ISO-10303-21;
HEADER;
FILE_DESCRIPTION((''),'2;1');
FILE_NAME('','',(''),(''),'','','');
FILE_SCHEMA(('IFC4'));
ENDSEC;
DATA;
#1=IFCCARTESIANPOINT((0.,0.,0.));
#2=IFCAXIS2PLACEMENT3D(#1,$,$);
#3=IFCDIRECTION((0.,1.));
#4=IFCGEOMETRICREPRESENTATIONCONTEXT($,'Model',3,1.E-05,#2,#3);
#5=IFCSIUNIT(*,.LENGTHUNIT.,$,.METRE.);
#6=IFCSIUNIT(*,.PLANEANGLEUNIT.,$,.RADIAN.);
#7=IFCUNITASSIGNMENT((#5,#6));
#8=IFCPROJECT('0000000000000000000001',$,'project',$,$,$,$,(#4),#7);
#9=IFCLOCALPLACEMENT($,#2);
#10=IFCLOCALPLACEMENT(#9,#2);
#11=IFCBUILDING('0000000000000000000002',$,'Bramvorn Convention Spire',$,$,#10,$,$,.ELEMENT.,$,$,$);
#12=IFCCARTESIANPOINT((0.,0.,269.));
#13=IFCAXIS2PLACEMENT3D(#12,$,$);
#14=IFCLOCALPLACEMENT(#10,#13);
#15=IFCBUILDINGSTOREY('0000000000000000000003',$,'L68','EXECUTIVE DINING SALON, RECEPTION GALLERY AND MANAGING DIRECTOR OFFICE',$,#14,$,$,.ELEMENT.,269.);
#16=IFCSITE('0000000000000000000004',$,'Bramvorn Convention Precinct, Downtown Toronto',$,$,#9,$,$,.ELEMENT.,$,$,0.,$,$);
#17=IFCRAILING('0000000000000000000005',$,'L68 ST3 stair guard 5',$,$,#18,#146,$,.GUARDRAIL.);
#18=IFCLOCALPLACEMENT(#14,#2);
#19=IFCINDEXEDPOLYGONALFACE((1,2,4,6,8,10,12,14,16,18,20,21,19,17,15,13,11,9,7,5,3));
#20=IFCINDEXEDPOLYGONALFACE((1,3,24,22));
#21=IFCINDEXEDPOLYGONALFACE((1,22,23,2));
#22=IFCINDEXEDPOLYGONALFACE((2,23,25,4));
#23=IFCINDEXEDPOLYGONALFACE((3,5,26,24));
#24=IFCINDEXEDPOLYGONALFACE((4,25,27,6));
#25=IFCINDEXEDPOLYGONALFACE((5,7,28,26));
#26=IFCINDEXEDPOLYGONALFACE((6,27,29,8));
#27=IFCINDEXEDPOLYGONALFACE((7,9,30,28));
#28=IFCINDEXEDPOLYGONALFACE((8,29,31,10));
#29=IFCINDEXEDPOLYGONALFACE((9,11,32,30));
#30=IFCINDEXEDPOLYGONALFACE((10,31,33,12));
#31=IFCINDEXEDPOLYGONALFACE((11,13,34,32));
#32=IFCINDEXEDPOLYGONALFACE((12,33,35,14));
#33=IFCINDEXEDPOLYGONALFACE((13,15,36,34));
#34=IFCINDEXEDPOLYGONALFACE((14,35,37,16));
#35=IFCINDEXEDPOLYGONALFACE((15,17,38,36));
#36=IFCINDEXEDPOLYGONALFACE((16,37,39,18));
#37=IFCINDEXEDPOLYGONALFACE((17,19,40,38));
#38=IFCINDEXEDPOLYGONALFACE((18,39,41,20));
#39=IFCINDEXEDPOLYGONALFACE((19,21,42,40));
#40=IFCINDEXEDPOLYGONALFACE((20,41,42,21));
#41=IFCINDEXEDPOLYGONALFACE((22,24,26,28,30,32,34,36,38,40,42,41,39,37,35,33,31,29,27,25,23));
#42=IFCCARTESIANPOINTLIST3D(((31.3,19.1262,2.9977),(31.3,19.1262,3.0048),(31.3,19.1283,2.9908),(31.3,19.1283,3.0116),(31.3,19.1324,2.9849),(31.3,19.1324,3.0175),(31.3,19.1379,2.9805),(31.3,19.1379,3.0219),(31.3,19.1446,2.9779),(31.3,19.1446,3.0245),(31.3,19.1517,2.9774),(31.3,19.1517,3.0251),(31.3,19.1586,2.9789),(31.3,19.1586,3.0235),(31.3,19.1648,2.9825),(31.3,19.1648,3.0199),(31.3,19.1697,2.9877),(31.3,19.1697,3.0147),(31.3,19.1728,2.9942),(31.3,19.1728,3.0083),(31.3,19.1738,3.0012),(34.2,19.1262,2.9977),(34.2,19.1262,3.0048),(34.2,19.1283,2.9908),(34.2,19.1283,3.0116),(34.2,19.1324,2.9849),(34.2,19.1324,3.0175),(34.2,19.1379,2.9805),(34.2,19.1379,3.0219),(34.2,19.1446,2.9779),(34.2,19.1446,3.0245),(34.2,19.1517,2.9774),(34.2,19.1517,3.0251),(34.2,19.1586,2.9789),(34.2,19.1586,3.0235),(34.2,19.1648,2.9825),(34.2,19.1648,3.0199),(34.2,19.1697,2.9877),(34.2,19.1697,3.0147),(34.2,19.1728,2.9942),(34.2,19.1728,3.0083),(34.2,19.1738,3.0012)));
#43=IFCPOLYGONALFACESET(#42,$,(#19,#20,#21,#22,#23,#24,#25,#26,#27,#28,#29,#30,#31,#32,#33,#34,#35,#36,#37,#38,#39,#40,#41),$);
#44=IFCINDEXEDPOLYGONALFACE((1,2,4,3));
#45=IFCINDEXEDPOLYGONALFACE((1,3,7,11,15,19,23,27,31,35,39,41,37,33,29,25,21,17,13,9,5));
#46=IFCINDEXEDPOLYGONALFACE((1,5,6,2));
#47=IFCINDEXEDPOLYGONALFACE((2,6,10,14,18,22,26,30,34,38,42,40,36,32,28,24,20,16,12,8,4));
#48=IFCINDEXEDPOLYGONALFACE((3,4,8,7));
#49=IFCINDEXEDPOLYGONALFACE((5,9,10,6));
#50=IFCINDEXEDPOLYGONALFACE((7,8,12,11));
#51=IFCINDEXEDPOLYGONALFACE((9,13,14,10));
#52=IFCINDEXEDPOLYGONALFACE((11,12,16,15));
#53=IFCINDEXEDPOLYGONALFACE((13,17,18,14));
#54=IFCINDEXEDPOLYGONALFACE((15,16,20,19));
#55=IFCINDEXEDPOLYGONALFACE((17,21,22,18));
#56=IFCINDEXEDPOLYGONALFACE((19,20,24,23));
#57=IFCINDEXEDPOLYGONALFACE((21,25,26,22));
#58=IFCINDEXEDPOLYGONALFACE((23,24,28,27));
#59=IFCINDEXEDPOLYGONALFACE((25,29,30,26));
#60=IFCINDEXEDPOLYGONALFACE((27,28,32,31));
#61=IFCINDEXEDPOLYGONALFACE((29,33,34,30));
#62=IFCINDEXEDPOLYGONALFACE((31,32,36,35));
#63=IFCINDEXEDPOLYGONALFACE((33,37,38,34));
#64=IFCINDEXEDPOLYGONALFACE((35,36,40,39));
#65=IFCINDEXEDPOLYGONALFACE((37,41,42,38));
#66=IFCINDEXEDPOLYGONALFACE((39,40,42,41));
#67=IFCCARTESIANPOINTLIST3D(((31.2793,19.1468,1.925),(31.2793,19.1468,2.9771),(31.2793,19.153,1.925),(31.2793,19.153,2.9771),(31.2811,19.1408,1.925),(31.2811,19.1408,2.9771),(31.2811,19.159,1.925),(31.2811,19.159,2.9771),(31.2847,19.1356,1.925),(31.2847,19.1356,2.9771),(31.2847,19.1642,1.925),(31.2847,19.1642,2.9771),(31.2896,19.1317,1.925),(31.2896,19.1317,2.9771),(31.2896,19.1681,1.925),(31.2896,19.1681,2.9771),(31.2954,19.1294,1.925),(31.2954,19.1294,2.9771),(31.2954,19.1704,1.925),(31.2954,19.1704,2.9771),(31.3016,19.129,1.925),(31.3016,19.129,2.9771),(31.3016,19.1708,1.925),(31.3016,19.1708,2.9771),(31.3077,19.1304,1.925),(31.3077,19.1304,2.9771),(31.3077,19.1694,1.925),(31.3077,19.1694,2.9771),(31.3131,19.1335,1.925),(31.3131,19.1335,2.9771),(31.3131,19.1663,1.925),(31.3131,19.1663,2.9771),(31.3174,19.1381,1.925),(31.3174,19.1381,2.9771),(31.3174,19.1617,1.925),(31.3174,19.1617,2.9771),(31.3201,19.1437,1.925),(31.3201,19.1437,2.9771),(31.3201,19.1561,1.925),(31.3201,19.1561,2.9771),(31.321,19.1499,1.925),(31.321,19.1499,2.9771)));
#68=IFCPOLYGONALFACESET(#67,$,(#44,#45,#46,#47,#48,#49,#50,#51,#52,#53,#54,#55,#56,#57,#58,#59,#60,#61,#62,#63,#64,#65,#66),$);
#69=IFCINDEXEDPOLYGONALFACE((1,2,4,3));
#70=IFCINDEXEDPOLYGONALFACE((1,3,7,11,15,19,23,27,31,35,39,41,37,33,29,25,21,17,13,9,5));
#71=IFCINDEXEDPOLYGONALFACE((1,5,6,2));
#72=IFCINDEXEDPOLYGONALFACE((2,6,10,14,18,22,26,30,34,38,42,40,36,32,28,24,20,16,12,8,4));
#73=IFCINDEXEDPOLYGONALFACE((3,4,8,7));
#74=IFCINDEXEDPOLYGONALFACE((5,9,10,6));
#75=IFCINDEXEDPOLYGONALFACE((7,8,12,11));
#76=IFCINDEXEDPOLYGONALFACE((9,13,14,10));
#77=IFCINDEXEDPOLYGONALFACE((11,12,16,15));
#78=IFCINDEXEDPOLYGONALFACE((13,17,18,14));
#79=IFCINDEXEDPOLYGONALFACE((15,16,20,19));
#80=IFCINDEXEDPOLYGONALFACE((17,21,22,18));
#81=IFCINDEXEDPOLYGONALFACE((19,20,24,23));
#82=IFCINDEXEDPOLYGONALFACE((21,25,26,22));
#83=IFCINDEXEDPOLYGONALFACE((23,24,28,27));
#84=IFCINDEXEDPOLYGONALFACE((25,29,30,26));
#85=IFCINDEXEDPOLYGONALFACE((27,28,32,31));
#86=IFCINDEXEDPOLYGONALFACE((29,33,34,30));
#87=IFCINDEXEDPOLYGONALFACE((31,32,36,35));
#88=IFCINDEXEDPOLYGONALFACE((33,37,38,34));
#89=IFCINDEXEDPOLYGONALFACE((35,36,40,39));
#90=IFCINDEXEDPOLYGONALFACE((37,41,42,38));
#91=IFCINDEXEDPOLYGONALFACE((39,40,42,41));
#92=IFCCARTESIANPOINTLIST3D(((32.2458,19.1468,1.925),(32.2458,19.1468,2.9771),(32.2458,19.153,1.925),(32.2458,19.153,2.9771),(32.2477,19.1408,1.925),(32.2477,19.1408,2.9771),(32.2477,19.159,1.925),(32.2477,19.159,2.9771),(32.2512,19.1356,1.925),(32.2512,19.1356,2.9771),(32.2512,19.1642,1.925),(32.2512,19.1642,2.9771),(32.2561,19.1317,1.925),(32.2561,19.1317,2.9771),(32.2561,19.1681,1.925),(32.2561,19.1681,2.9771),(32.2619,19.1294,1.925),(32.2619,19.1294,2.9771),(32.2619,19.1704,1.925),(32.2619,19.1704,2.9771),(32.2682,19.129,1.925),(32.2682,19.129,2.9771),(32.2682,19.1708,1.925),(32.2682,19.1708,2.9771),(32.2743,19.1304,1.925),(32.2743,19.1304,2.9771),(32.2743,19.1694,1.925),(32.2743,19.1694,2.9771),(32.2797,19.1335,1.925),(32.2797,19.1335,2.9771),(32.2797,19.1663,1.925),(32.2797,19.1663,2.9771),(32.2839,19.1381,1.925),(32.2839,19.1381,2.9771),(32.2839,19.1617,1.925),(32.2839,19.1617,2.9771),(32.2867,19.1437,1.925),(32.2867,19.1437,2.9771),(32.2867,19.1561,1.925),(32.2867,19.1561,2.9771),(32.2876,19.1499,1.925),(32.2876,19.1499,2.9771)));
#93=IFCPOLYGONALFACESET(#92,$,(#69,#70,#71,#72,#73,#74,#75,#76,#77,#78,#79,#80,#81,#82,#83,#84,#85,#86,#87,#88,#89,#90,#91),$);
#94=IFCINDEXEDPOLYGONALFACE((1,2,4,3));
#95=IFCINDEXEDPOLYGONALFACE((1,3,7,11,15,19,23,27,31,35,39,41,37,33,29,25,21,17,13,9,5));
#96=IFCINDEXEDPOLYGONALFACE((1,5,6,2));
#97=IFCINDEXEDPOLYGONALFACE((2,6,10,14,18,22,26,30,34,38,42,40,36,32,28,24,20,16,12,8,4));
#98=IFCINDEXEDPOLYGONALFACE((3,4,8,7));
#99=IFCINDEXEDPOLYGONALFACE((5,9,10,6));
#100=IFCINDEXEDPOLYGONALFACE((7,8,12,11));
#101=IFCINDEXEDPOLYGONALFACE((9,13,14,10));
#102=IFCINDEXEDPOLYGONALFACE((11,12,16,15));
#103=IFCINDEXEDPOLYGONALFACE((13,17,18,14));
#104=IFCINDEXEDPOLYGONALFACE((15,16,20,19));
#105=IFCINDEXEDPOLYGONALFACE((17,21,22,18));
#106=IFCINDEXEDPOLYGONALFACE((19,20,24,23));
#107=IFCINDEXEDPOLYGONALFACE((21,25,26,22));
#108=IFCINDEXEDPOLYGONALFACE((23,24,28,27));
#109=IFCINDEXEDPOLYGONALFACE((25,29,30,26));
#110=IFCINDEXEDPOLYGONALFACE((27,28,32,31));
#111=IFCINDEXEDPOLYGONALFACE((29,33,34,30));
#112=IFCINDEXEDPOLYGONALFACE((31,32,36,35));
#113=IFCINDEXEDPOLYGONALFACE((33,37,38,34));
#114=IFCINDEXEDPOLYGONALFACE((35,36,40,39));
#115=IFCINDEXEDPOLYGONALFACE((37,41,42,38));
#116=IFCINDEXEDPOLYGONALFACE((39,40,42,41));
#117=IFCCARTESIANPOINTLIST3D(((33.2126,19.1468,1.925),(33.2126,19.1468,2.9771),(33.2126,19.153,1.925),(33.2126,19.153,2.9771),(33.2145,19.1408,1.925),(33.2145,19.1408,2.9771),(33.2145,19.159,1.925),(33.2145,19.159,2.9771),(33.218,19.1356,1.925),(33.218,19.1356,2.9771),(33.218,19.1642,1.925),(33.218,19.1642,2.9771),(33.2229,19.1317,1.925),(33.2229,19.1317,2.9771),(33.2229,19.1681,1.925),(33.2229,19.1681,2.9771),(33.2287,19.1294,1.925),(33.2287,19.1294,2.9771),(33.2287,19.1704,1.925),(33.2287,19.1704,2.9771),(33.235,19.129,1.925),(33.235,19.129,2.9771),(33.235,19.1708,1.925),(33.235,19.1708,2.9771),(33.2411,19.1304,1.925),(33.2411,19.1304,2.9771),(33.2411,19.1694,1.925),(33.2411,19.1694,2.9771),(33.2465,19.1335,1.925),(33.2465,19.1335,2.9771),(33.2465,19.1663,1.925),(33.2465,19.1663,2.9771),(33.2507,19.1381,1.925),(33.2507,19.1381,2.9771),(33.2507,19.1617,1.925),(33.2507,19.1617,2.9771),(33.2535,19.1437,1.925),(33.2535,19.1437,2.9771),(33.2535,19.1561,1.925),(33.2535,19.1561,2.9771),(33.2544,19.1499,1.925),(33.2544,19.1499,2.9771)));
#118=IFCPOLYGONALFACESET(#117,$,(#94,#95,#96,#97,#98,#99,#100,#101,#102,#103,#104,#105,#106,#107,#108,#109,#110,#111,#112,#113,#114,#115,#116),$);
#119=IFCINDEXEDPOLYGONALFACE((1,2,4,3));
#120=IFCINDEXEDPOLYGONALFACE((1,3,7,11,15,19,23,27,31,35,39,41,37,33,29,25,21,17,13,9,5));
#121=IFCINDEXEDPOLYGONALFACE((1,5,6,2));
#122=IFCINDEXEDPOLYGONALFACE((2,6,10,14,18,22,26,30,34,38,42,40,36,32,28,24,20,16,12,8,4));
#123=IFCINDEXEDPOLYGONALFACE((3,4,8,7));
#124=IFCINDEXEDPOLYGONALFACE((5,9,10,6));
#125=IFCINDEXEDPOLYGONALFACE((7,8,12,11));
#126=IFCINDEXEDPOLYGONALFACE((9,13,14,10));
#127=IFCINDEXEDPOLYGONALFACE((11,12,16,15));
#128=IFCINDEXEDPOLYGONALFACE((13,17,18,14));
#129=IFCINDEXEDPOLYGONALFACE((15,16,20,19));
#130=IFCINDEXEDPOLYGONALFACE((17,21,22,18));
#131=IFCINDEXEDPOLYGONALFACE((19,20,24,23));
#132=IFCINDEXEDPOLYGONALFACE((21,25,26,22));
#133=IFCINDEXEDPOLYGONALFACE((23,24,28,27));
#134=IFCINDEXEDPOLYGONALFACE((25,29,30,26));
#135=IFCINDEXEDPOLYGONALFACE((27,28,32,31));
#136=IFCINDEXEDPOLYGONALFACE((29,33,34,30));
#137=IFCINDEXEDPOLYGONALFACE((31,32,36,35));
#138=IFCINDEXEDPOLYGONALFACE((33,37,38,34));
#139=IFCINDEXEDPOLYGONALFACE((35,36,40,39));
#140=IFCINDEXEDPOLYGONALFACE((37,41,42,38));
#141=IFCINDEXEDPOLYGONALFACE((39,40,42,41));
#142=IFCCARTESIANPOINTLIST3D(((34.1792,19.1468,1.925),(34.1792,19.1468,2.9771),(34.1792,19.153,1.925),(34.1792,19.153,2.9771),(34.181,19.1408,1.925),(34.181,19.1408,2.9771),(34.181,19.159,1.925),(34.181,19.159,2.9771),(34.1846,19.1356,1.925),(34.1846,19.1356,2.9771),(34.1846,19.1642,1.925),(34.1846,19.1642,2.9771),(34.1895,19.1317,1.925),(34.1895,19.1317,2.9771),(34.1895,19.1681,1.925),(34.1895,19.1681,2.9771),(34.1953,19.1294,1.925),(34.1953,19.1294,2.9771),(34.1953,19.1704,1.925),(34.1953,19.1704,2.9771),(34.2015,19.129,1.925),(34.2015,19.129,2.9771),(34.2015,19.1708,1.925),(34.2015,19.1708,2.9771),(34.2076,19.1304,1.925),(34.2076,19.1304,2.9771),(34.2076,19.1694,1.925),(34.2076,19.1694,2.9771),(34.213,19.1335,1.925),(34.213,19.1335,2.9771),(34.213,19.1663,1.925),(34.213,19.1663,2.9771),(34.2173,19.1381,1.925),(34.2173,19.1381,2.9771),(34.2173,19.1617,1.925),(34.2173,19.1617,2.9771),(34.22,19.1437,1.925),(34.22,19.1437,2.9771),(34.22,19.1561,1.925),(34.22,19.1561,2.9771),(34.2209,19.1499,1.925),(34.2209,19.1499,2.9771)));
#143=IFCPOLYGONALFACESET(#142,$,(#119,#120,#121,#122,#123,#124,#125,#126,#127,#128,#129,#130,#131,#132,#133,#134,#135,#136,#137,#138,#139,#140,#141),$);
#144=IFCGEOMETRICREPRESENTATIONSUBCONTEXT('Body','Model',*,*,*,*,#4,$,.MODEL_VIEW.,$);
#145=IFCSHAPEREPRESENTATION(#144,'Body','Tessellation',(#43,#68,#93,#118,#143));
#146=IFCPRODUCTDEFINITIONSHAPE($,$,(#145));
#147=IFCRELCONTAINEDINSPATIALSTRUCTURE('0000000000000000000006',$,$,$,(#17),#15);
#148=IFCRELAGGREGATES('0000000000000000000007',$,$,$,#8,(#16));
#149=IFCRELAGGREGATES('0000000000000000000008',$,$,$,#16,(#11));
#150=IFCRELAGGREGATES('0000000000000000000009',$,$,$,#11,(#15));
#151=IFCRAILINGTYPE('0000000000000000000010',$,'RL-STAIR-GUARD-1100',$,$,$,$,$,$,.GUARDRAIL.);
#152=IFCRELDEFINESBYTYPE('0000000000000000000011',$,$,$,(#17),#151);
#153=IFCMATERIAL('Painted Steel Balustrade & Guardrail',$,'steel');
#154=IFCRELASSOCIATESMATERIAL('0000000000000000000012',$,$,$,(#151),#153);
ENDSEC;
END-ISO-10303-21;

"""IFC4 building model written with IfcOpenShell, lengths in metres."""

from ifc_helpers import new_model, si_unit, direction, frame, origin, origin_2d, place, context, subcontext, project, spatial, circle, extrude, material, type_object, element, save


model = new_model("IFC4")

# Units and contexts
model_context = context("Model", 3, precision=1e-05, world=origin(), true_north=direction((0.0, 1.0)))
body_context = subcontext(model_context, "Body", "Model", "MODEL_VIEW")
ifc_project = project(units=[si_unit("LENGTHUNIT", "METRE"), si_unit("PLANEANGLEUNIT", "RADIAN")], contexts=[model_context])

# Site, building, storey
site_placement = place(None, origin())
site = spatial("IfcSite", under=ifc_project, at=site_placement, Name="Bramvorn Convention Precinct, Downtown Toronto", CompositionType="ELEMENT", RefElevation=0.0)
building_placement = place(site_placement, origin())
building = spatial("IfcBuilding", under=site, at=building_placement, Name="Bramvorn Convention Spire", CompositionType="ELEMENT")
storey_placement = place(building_placement, frame((0.0, 0.0, 269.0)))
storey = spatial("IfcBuildingStorey", under=building, at=storey_placement, Name="L68", Description="EXECUTIVE DINING SALON, RECEPTION GALLERY AND MANAGING DIRECTOR OFFICE", CompositionType="ELEMENT", Elevation=269.0)

# Railing
ifc_material_1 = material(Name="Painted Steel Balustrade & Guardrail", Category="steel")
railing_type_1 = type_object("IfcRailingType", Name="RL-STAIR-GUARD-1100", PredefinedType="GUARDRAIL", material=ifc_material_1)
railing_1_placement = place(storey_placement, frame((31.3, 19.1499, 1.925)))
element("IfcRailing", 1, at=railing_1_placement, inside=storey, type_object=railing_type_1, Name="L68 ST3 stair guard 5", PredefinedType="GUARDRAIL", context=body_context, shape_type="SweptSolid", body=[
    extrude(circle(Radius=0.0239, at=origin_2d()), frame((0.0, 0.0, 1.0762), z_axis=(1.0, 0.0, 0.0), x_axis=(0.0, 1.0, 0.0)), (0.0, 0.0, 1.0), 2.8999),
    extrude(circle(Radius=0.021, at=origin_2d()), origin(), (0.0, 0.0, 1.0), 1.052),
    extrude(circle(Radius=0.021, at=origin_2d()), frame((0.9666, 0.0, 0.0)), (0.0, 0.0, 1.0), 1.052),
    extrude(circle(Radius=0.021, at=origin_2d()), frame((1.9333, 0.0, 0.0)), (0.0, 0.0, 1.0), 1.052),
    extrude(circle(Radius=0.021, at=origin_2d()), frame((2.8999, 0.0, 0.0)), (0.0, 0.0, 1.0), 1.052),
])

save(model, "model.ifc")
